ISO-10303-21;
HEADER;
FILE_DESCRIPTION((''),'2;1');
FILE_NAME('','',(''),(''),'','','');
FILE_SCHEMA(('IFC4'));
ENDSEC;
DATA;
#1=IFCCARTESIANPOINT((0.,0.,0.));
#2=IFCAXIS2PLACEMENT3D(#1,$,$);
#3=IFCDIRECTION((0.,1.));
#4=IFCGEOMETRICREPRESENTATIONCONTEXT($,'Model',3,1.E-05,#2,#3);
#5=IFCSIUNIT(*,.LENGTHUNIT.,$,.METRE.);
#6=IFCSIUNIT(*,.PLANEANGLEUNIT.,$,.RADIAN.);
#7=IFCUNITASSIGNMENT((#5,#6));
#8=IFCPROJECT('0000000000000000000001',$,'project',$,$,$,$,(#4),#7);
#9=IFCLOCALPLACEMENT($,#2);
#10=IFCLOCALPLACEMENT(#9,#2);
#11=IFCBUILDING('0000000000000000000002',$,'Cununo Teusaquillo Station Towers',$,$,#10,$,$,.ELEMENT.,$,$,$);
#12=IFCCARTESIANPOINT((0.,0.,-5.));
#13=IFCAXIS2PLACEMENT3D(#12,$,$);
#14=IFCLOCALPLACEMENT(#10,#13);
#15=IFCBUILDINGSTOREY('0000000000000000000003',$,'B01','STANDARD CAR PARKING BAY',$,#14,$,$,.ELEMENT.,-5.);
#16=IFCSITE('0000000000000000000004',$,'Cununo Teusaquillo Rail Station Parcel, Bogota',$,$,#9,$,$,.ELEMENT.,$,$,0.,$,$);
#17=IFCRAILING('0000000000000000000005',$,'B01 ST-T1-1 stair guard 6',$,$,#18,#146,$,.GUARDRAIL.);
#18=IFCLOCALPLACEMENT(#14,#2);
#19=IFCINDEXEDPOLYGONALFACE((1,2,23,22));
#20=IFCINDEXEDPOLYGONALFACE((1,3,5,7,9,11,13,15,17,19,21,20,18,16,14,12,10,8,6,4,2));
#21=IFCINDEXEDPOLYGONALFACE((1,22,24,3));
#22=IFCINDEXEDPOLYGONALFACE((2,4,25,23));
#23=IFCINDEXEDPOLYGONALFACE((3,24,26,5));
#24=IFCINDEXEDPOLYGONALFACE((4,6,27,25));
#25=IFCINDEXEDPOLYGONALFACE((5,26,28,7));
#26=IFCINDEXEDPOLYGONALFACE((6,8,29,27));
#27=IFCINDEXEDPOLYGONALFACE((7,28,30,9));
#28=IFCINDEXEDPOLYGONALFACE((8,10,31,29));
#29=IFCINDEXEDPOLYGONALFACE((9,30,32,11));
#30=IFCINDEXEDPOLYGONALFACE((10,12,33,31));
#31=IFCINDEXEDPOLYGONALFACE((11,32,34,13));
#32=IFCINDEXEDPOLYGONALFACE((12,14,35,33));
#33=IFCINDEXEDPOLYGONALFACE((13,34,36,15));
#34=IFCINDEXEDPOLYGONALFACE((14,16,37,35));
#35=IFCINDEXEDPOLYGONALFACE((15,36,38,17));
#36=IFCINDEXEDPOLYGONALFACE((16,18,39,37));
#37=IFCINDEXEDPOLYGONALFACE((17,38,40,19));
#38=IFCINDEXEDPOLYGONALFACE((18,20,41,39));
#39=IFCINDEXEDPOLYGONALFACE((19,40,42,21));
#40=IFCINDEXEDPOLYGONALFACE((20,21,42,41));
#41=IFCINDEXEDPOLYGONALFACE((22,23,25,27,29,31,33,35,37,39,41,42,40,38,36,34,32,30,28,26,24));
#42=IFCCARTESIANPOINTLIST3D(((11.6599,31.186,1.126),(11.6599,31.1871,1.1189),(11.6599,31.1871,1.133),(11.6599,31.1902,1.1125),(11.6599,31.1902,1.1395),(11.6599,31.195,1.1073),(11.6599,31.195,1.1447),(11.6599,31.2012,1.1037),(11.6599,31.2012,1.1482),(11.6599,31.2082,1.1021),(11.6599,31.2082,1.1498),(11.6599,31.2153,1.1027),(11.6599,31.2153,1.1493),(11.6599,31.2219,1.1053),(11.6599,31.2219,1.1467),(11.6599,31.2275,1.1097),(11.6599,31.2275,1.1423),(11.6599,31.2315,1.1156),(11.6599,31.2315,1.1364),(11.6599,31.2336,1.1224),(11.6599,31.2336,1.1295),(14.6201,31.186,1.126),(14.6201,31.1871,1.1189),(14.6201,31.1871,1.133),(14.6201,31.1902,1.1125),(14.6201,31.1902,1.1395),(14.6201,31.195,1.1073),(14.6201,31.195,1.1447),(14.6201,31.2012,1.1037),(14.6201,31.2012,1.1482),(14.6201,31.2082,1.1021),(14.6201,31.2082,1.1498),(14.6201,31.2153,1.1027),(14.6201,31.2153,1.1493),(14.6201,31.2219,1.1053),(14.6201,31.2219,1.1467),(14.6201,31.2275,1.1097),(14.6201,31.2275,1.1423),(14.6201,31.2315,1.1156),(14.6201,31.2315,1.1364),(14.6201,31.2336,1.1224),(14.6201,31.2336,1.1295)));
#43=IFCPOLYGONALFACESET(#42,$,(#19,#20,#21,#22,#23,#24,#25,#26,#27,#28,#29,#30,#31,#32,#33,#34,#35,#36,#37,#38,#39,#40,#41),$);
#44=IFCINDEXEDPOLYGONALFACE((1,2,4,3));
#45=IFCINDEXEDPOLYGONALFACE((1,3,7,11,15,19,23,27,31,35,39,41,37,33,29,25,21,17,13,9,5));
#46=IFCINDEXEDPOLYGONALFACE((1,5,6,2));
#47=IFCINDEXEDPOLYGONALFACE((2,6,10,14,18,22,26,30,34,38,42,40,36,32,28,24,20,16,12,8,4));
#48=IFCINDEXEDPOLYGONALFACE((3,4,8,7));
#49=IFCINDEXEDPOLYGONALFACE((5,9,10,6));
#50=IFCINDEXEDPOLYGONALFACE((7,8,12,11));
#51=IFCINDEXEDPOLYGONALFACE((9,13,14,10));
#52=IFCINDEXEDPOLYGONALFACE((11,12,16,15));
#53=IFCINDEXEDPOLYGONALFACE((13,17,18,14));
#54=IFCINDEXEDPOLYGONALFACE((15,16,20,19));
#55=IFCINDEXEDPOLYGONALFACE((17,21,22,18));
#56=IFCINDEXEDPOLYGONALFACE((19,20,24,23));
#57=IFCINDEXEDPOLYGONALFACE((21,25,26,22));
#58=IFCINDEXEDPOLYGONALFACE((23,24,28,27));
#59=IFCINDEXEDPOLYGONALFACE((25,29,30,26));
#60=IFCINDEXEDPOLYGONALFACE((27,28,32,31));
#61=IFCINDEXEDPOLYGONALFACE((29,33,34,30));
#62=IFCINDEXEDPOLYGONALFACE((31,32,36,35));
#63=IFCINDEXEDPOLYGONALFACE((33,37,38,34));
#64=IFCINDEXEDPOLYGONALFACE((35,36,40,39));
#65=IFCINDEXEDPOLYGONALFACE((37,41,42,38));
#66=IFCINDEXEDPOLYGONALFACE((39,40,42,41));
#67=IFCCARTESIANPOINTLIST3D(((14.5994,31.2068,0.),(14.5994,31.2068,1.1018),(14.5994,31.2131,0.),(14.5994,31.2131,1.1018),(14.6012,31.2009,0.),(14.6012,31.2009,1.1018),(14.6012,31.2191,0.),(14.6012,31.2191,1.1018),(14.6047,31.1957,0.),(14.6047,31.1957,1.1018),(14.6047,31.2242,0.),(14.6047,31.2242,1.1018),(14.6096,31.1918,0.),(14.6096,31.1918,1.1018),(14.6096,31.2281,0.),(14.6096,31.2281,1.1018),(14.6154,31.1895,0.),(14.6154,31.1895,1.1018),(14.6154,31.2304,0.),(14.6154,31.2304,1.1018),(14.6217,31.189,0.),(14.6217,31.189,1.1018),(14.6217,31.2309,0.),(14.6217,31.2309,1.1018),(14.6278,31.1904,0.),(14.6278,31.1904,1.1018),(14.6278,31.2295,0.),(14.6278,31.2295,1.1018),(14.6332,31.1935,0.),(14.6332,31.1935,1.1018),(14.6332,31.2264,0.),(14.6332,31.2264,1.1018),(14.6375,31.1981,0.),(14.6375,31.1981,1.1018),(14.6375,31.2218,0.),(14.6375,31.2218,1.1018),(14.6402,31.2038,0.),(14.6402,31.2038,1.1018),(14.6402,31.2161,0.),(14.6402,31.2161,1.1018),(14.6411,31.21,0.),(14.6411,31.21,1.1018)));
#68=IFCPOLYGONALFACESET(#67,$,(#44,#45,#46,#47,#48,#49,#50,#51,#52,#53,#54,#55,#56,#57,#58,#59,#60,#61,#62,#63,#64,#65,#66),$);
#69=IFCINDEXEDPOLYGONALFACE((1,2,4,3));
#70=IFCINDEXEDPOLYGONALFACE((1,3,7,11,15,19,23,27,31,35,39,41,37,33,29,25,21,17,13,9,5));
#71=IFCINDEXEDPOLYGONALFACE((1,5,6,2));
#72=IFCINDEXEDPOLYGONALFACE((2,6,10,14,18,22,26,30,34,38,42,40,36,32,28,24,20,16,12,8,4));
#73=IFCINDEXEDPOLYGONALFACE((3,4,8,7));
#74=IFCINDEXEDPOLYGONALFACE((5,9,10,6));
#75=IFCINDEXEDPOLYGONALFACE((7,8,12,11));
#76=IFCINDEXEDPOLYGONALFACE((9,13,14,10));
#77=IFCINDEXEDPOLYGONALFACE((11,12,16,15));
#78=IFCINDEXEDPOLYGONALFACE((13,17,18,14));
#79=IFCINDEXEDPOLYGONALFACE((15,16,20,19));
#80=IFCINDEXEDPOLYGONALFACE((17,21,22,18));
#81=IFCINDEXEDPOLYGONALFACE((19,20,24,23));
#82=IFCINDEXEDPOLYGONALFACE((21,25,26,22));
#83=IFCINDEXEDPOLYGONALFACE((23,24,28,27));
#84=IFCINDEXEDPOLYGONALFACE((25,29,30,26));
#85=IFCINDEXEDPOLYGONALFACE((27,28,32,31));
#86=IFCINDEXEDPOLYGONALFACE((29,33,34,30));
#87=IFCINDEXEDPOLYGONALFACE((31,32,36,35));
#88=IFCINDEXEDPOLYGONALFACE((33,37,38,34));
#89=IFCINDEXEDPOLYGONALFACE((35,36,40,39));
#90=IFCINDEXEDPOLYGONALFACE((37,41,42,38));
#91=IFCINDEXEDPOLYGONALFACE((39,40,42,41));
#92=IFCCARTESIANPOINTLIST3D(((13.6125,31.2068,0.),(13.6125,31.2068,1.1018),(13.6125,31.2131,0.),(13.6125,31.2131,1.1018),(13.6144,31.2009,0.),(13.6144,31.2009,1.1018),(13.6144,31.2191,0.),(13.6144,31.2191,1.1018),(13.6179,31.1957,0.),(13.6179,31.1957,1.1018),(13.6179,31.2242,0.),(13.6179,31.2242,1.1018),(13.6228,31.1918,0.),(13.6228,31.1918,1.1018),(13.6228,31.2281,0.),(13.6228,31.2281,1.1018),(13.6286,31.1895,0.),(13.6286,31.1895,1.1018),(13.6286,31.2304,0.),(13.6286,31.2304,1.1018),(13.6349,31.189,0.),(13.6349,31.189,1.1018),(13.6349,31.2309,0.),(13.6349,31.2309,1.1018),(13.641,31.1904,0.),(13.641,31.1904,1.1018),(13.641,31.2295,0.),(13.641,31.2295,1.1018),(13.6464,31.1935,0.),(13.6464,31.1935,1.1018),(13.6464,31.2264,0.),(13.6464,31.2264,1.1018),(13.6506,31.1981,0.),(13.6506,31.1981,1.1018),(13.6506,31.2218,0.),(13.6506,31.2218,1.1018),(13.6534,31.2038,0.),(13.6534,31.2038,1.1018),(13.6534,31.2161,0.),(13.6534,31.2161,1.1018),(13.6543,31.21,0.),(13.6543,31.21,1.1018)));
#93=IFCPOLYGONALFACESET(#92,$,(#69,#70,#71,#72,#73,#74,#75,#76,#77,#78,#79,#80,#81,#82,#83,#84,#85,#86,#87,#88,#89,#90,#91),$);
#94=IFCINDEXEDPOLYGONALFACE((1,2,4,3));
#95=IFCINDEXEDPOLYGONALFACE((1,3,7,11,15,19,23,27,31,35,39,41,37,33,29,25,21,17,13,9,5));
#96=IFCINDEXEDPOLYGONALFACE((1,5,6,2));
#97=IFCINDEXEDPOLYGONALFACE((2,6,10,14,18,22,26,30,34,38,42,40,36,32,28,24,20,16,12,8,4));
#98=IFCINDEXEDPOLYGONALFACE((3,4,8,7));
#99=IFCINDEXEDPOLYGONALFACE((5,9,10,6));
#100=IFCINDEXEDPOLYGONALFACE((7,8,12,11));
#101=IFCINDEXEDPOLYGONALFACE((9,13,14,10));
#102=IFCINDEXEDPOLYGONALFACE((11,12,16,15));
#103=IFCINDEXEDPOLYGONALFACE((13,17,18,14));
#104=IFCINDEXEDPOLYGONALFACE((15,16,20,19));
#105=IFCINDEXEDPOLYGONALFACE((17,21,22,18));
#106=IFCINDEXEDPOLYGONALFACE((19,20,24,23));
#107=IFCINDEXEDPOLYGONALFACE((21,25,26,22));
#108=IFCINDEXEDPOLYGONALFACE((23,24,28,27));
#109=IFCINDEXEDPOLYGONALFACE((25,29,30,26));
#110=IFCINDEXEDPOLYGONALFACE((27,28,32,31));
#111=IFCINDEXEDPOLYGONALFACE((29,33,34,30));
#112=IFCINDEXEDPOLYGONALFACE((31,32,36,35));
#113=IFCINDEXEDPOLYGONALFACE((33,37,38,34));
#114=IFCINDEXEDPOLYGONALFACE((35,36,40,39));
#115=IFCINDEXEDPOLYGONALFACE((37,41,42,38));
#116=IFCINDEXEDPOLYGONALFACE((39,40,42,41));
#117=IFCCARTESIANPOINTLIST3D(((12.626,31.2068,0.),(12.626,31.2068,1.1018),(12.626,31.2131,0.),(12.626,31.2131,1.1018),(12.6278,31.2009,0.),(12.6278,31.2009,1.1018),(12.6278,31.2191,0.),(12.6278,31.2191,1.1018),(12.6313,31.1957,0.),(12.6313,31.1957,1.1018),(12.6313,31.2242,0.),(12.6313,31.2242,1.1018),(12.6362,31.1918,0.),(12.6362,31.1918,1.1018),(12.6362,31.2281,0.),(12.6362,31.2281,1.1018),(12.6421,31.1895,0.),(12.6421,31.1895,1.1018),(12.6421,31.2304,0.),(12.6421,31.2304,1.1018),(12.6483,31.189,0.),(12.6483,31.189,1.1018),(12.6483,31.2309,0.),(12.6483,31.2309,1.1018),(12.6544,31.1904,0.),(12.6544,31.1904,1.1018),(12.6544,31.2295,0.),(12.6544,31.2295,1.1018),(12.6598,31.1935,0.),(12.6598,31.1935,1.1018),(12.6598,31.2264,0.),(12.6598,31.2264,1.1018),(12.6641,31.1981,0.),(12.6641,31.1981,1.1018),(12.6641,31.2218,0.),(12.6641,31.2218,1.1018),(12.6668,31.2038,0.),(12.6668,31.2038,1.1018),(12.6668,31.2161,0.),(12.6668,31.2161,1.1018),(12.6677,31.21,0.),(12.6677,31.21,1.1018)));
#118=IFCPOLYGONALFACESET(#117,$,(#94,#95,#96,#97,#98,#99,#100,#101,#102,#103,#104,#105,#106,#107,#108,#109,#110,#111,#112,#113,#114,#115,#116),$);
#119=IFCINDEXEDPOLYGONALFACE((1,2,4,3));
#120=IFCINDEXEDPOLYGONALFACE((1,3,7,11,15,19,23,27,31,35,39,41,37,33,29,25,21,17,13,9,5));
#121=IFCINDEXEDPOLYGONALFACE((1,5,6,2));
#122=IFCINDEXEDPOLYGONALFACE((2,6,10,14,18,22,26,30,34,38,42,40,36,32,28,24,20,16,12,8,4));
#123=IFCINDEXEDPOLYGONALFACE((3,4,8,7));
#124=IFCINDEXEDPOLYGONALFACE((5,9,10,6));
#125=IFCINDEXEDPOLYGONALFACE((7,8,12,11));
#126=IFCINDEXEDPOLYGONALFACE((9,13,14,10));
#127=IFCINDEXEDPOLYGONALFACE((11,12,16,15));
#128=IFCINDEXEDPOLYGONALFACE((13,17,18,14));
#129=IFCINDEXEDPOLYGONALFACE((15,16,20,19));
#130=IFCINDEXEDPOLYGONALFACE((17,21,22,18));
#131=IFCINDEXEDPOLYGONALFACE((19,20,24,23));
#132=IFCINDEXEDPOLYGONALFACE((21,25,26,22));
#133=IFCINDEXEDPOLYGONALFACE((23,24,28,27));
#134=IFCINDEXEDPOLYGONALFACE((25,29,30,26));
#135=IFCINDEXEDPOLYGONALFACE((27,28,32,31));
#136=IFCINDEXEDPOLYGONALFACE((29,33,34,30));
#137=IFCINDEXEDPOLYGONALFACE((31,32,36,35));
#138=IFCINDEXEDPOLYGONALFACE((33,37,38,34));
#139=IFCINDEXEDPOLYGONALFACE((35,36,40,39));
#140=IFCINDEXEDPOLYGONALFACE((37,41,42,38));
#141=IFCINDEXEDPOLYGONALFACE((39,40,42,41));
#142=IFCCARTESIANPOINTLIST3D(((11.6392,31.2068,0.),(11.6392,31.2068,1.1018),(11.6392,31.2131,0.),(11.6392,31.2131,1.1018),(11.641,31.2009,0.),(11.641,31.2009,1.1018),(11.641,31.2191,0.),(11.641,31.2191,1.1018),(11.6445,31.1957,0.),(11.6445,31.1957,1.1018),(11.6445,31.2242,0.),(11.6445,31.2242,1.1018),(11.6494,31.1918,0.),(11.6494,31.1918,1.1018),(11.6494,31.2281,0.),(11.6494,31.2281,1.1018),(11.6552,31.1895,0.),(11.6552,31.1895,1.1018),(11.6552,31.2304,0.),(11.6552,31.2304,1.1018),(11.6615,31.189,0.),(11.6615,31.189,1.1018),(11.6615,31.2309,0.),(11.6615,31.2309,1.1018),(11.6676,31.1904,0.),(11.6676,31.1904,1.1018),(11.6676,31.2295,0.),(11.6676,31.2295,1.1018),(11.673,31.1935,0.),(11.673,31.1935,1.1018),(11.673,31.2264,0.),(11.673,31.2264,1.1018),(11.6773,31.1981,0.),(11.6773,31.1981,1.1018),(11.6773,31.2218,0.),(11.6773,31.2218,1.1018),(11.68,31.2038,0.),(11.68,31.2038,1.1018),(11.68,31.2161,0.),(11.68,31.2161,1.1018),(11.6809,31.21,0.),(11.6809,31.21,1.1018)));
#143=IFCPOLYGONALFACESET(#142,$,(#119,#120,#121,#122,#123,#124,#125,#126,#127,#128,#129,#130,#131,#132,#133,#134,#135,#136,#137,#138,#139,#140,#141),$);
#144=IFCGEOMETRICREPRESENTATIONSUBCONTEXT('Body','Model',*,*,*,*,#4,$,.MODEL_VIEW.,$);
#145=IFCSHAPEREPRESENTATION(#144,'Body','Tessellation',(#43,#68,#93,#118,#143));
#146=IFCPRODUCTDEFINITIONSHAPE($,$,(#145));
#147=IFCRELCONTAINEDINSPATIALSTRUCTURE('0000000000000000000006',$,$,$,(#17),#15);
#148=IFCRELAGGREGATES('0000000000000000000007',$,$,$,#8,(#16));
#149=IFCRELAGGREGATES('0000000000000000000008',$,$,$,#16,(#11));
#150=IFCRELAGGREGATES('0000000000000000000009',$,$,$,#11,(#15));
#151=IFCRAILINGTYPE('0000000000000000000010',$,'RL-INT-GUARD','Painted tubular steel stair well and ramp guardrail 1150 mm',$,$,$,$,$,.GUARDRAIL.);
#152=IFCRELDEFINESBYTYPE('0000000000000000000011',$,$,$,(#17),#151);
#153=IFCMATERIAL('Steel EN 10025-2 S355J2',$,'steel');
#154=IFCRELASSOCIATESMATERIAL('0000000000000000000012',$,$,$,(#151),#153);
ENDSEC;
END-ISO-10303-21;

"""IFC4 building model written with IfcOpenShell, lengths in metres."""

from ifc_helpers import new_model, si_unit, direction, frame, origin, origin_2d, place, context, subcontext, project, spatial, circle, extrude, material, type_object, element, save


model = new_model("IFC4")

# Units and contexts
model_context = context("Model", 3, precision=1e-05, world=origin(), true_north=direction((0.0, 1.0)))
body_context = subcontext(model_context, "Body", "Model", "MODEL_VIEW")
ifc_project = project(units=[si_unit("LENGTHUNIT", "METRE"), si_unit("PLANEANGLEUNIT", "RADIAN")], contexts=[model_context])

# Site, building, storey
site_placement = place(None, origin())
site = spatial("IfcSite", under=ifc_project, at=site_placement, Name="Cununo Teusaquillo Rail Station Parcel, Bogota", CompositionType="ELEMENT", RefElevation=0.0)
building_placement = place(site_placement, origin())
building = spatial("IfcBuilding", under=site, at=building_placement, Name="Cununo Teusaquillo Station Towers", CompositionType="ELEMENT")
storey_placement = place(building_placement, frame((0.0, 0.0, -5.0)))
storey = spatial("IfcBuildingStorey", under=building, at=storey_placement, Name="B01", Description="STANDARD CAR PARKING BAY", CompositionType="ELEMENT", Elevation=-5.0)

# Railing
ifc_material_1 = material(Name="Steel EN 10025-2 S355J2", Category="steel")
railing_type_1 = type_object("IfcRailingType", Name="RL-INT-GUARD", Description="Painted tubular steel stair well and ramp guardrail 1150 mm", PredefinedType="GUARDRAIL", material=ifc_material_1)
railing_1_placement = place(storey_placement, frame((14.6201, 31.21, 0.0)))
element("IfcRailing", 1, at=railing_1_placement, inside=storey, type_object=railing_type_1, Name="B01 ST-T1-1 stair guard 6", PredefinedType="GUARDRAIL", context=body_context, shape_type="SweptSolid", body=[
    extrude(circle(Radius=0.0239, at=origin_2d()), frame((0.0, 0.0, 1.126), z_axis=(-1.0, 0.0, 0.0), x_axis=(0.0, -1.0, 0.0)), (0.0, 0.0, 1.0), 2.9602),
    extrude(circle(Radius=0.021, at=origin_2d()), origin(), (0.0, 0.0, 1.0), 1.1018),
    extrude(circle(Radius=0.021, at=origin_2d()), frame((-0.9868, 0.0, 0.0)), (0.0, 0.0, 1.0), 1.1018),
    extrude(circle(Radius=0.021, at=origin_2d()), frame((-1.9734, 0.0, 0.0)), (0.0, 0.0, 1.0), 1.1018),
    extrude(circle(Radius=0.021, at=origin_2d()), frame((-2.9602, 0.0, 0.0)), (0.0, 0.0, 1.0), 1.1018),
])

save(model, "model.ifc")
